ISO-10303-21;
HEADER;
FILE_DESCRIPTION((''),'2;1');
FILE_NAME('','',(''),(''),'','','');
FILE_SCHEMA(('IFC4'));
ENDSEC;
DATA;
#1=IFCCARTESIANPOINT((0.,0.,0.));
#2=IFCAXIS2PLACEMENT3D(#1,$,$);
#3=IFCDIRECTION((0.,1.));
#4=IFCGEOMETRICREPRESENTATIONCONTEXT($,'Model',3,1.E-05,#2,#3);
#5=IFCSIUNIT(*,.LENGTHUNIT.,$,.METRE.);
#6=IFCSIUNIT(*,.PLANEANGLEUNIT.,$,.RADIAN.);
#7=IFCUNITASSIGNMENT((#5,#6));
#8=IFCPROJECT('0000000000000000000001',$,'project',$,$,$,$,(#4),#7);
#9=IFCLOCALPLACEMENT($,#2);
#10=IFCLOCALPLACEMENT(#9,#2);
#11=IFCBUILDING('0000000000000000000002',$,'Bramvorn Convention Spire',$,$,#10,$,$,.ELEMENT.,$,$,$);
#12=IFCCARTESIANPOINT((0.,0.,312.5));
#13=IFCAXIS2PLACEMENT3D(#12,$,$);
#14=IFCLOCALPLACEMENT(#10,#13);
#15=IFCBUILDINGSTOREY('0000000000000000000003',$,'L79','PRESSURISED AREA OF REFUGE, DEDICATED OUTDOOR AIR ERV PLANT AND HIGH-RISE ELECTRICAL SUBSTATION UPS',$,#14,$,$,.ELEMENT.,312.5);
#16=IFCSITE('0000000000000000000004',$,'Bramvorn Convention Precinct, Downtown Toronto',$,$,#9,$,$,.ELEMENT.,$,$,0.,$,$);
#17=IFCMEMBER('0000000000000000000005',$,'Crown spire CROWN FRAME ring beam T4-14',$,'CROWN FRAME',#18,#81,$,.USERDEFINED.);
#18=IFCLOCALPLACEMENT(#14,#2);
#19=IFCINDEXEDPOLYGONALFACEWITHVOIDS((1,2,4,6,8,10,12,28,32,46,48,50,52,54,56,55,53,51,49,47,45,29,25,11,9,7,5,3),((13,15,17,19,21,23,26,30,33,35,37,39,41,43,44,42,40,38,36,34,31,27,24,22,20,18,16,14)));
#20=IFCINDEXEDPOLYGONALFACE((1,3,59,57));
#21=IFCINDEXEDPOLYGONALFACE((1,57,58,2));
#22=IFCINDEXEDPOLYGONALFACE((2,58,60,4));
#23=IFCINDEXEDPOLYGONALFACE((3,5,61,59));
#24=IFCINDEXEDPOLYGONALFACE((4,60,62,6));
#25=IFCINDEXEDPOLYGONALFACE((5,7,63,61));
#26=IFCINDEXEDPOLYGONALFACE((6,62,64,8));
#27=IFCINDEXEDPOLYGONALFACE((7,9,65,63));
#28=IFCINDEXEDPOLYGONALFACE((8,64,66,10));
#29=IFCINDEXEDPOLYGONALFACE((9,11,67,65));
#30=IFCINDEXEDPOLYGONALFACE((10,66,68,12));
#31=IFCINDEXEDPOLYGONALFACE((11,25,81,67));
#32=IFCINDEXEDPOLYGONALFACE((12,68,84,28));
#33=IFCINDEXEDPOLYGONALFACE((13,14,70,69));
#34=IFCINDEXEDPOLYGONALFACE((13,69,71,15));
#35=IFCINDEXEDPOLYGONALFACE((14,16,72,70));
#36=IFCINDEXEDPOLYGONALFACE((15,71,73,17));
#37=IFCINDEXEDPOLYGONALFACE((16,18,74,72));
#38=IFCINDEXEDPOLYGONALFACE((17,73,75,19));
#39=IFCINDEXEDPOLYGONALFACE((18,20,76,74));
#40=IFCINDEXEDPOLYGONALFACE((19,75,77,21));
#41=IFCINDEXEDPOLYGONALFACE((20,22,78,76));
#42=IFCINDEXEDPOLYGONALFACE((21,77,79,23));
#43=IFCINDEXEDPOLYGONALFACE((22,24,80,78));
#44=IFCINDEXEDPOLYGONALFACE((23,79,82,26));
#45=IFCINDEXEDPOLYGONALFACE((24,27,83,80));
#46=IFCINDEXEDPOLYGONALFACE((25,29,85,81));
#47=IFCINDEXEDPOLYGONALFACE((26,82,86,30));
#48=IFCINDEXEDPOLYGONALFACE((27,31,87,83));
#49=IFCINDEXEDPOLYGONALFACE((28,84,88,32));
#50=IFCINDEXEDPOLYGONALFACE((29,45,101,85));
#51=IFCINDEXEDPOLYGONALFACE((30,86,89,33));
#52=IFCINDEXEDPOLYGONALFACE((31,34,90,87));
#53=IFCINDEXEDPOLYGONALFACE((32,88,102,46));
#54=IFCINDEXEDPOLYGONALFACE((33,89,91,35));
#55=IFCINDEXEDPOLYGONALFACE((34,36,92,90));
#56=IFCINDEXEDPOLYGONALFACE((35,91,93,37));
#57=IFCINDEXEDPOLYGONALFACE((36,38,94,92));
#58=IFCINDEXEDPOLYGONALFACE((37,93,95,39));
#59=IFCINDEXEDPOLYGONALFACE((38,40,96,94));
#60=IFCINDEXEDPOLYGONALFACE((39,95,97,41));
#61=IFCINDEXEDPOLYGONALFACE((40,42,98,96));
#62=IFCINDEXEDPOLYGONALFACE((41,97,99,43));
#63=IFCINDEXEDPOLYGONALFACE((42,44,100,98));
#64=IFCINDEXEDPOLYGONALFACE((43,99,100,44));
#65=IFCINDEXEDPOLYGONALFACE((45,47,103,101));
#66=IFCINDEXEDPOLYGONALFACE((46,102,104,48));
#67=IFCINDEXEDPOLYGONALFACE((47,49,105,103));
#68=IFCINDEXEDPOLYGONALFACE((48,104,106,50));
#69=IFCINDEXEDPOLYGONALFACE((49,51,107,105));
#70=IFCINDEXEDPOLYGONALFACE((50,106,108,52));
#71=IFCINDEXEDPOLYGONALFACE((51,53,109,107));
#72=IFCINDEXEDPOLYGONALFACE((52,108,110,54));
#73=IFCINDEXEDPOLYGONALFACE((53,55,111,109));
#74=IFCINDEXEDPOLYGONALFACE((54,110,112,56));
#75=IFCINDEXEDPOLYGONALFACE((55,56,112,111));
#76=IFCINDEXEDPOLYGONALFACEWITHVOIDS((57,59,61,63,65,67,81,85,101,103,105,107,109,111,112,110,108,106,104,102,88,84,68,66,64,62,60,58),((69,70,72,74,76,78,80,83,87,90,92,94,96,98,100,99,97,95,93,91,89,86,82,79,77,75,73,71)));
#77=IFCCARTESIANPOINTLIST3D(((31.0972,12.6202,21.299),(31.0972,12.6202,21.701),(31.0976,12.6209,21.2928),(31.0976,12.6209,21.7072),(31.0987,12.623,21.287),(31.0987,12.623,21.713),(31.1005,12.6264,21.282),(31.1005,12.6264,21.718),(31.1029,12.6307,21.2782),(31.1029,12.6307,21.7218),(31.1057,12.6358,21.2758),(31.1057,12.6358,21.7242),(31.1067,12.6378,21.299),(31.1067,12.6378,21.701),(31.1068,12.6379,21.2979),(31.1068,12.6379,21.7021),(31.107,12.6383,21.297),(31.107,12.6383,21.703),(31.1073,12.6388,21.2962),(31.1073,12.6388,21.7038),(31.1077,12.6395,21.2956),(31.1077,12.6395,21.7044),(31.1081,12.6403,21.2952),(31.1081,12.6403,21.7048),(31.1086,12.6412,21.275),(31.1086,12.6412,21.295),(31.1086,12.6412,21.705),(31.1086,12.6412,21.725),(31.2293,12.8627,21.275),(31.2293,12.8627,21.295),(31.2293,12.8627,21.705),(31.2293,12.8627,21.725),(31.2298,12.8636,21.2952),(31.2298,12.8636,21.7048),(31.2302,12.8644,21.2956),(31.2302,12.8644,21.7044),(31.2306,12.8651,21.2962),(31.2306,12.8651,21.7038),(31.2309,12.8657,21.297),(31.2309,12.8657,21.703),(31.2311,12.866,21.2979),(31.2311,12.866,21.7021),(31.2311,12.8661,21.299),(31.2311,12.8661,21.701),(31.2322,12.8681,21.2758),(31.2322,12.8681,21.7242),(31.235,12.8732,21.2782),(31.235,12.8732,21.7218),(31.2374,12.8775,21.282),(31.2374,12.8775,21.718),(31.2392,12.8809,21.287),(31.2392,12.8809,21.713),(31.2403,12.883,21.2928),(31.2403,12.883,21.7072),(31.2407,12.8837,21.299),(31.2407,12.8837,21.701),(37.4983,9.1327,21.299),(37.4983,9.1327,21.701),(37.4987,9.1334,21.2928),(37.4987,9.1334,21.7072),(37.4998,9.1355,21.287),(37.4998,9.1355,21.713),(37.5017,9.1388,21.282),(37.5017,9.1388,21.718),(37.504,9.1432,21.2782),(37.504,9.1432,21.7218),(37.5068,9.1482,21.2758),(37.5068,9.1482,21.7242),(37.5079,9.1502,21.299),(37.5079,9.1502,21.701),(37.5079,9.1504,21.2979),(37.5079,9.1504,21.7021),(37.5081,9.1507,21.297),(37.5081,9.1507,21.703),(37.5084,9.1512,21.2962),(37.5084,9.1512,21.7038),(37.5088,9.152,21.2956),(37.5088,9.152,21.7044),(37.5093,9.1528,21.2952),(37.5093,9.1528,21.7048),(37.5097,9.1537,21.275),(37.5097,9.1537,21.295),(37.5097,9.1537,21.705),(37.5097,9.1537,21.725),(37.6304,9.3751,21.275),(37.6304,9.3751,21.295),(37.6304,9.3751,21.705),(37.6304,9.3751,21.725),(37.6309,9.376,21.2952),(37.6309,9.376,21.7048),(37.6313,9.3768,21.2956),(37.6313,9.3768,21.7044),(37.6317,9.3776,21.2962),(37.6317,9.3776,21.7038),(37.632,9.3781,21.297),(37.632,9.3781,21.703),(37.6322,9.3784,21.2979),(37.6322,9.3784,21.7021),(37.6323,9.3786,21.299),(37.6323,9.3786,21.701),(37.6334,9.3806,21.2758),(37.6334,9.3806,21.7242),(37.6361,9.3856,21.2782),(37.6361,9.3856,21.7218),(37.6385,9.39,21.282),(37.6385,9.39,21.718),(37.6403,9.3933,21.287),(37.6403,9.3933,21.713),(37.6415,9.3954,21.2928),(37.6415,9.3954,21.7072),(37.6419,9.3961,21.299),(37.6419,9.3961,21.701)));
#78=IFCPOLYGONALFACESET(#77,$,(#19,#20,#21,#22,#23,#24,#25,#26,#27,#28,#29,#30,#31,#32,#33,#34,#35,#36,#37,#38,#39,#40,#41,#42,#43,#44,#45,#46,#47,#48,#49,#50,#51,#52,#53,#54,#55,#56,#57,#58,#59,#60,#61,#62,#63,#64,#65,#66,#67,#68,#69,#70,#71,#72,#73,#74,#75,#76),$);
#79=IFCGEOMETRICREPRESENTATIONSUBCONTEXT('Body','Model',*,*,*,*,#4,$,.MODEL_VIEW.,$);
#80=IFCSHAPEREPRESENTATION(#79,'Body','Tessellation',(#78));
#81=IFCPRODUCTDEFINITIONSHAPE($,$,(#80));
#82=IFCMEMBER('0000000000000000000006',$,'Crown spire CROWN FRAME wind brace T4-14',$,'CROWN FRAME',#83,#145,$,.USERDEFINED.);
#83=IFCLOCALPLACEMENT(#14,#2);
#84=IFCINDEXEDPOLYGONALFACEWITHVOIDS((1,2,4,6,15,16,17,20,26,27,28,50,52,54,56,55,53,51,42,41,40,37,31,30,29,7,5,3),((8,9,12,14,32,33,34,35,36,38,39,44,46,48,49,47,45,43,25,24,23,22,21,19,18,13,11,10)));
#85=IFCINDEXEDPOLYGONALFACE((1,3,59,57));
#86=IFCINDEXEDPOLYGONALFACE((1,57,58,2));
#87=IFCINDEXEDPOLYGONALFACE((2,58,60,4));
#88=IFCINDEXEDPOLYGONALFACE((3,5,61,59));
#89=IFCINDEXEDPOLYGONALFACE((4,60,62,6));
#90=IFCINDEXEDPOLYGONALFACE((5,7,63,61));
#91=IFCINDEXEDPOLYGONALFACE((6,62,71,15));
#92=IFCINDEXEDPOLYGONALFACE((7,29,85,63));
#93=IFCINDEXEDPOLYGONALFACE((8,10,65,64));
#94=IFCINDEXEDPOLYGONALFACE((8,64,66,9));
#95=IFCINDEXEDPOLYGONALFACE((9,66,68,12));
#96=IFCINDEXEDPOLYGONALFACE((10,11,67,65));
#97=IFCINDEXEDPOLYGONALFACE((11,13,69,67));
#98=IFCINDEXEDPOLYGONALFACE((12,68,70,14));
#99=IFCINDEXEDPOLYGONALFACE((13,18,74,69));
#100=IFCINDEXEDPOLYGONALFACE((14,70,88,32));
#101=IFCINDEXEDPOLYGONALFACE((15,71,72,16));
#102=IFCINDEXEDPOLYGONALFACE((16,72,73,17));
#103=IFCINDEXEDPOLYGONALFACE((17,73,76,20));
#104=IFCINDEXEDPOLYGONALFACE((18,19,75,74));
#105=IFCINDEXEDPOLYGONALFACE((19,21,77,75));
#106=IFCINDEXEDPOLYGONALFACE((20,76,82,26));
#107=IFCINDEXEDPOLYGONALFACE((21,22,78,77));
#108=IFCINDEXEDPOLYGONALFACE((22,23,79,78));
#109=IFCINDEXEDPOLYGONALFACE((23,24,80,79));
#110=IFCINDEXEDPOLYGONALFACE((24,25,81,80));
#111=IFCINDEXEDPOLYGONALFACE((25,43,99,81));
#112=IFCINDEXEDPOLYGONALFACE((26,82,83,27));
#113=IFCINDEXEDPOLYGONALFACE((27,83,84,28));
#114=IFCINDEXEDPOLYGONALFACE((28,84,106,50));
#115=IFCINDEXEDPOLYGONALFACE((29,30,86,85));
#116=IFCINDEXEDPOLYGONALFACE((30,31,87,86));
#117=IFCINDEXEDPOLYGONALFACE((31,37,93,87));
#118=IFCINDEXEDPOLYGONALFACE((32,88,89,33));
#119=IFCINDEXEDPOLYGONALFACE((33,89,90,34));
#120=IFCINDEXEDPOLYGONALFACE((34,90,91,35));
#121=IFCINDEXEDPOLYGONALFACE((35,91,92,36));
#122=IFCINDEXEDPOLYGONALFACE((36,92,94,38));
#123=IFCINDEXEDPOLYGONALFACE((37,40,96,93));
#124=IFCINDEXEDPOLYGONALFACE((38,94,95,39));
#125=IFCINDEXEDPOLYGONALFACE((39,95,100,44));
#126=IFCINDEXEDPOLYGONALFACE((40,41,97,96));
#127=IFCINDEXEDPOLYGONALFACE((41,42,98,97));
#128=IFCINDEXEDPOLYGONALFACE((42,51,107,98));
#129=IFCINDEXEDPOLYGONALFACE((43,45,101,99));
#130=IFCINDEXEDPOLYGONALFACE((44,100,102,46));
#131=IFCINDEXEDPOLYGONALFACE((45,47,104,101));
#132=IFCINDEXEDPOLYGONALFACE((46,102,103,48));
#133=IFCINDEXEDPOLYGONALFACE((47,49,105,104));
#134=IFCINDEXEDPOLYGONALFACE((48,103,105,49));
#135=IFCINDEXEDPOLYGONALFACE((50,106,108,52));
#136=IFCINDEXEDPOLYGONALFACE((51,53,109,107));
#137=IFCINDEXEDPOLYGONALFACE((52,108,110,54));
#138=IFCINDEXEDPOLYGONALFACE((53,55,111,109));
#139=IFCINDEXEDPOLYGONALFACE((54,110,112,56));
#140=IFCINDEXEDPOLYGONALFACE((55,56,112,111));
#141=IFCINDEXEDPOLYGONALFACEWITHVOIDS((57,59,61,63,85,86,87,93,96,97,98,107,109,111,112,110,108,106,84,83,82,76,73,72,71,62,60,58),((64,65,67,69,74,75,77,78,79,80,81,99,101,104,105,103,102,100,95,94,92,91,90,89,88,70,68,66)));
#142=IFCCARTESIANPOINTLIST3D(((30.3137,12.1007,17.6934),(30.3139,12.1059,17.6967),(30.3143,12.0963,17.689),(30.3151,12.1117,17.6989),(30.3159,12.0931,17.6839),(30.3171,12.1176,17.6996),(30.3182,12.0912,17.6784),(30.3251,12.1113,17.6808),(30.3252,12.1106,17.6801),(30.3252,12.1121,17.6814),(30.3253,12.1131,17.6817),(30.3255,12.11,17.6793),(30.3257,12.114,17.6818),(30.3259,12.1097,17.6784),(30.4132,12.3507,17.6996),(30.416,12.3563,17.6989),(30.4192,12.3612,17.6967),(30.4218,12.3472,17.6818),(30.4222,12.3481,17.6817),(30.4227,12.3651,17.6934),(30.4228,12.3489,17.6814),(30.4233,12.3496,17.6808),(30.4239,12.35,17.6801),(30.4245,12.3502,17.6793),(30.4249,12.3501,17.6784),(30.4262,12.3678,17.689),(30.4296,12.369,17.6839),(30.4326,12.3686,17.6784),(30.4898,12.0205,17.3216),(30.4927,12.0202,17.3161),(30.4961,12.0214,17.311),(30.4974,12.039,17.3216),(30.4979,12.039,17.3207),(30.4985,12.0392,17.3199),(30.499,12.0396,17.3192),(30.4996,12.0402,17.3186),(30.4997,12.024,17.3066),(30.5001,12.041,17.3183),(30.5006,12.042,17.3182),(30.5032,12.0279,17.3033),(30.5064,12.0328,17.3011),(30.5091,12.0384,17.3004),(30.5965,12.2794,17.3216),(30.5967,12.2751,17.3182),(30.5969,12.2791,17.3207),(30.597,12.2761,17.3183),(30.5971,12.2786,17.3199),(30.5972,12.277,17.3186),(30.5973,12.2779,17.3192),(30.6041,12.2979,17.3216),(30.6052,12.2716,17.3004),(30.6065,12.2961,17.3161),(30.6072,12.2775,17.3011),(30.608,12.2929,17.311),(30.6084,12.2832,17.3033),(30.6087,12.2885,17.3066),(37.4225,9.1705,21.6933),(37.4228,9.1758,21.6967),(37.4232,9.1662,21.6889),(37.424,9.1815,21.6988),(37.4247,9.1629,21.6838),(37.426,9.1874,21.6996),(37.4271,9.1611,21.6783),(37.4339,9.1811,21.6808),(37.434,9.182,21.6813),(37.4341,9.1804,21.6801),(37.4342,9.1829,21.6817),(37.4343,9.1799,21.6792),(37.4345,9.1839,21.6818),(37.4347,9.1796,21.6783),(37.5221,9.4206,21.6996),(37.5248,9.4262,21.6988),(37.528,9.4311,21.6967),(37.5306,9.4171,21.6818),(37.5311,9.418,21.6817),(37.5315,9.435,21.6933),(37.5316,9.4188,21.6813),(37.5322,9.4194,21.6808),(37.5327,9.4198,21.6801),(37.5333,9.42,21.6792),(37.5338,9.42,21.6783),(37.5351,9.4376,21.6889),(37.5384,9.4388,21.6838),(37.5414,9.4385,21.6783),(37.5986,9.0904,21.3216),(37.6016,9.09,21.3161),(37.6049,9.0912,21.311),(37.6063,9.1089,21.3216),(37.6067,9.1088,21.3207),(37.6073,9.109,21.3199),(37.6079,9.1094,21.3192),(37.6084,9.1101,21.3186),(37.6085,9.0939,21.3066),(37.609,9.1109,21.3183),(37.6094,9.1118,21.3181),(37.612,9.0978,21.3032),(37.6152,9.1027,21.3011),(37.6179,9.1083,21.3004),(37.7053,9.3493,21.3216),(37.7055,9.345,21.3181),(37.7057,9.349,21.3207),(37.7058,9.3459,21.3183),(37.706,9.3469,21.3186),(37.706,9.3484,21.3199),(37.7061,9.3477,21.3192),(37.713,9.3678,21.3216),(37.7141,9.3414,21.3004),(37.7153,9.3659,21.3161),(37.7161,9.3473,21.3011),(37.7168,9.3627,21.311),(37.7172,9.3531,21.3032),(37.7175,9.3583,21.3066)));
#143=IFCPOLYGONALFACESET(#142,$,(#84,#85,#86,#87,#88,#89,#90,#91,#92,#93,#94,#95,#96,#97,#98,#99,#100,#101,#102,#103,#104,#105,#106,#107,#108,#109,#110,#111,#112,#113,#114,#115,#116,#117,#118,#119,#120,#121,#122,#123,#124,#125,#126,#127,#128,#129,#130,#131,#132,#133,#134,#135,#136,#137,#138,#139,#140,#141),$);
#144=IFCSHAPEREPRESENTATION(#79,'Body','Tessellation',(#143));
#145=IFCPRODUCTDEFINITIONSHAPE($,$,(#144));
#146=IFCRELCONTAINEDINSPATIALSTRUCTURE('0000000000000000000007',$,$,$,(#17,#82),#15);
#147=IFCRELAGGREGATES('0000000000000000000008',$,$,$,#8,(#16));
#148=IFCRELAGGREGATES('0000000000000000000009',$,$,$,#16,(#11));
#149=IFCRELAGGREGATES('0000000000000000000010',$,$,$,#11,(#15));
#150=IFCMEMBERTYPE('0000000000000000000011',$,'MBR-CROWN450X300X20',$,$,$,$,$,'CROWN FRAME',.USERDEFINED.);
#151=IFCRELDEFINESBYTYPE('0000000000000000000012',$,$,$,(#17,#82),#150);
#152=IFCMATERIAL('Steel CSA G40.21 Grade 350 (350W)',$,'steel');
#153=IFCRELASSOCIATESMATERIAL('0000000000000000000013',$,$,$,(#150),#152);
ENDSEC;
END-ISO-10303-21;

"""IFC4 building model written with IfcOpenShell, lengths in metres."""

from ifc_helpers import new_model, si_unit, direction, frame, origin, origin_2d, place, context, subcontext, project, spatial, hollow_rectangle, extrude, material, material_profile, profile_set, type_object, element, save


model = new_model("IFC4")

# Units and contexts
model_context = context("Model", 3, precision=1e-05, world=origin(), true_north=direction((0.0, 1.0)))
body_context = subcontext(model_context, "Body", "Model", "MODEL_VIEW")
ifc_project = project(units=[si_unit("LENGTHUNIT", "METRE"), si_unit("PLANEANGLEUNIT", "RADIAN")], contexts=[model_context])

# Site, building, storey
site_placement = place(None, origin())
site = spatial("IfcSite", under=ifc_project, at=site_placement, Name="Bramvorn Convention Precinct, Downtown Toronto", CompositionType="ELEMENT", RefElevation=0.0)
building_placement = place(site_placement, origin())
building = spatial("IfcBuilding", under=site, at=building_placement, Name="Bramvorn Convention Spire", CompositionType="ELEMENT")
storey_placement = place(building_placement, frame((0.0, 0.0, 312.5)))
storey = spatial("IfcBuildingStorey", under=building, at=storey_placement, Name="L79", Description="PRESSURISED AREA OF REFUGE, DEDICATED OUTDOOR AIR ERV PLANT AND HIGH-RISE ELECTRICAL SUBSTATION UPS", CompositionType="ELEMENT", Elevation=312.5)

# Shared definitions
ifc_material_1 = material(Name="Steel CSA G40.21 Grade 350 (350W)", Category="steel")

# Members
ifc_material_profile_1 = material_profile(ifc_material_1, hollow_rectangle(XDim=0.3, YDim=0.45, WallThickness=0.02, InnerFilletRadius=0.0039, OuterFilletRadius=0.0239, at=origin_2d()))
ifc_profile_set_1 = profile_set([ifc_material_profile_1], Name="Steel CSA G40.21 Grade 350 (350W) - CROWN450X300X20")
member_type = type_object("IfcMemberType", Name="MBR-CROWN450X300X20", ElementType="CROWN FRAME", PredefinedType="USERDEFINED", material=ifc_profile_set_1)
member_1_placement = place(storey_placement, frame((31.1689, 12.752, 21.5), z_axis=(0.878125, -0.478432, 0.0), x_axis=(0.478432, 0.878125, 0.0)))
element("IfcMember", 1, at=member_1_placement, inside=storey, type_object=member_type, Name="Crown spire CROWN FRAME ring beam T4-14", ObjectType="CROWN FRAME", PredefinedType="USERDEFINED", context=body_context, shape_type="SweptSolid", body=[
    extrude(hollow_rectangle(XDim=0.3, YDim=0.45, WallThickness=0.02, InnerFilletRadius=0.0039, OuterFilletRadius=0.0239, at=origin_2d()), origin(), (0.0, 0.0, 1.0), 7.2896),
])
member_2_placement = place(storey_placement, frame((30.4612, 12.1946, 17.5), z_axis=(0.820196, -0.338072, 0.461504), x_axis=(0.381082, 0.924541, 0.0)))
element("IfcMember", 2, at=member_2_placement, inside=storey, type_object=member_type, Name="Crown spire CROWN FRAME wind brace T4-14", ObjectType="CROWN FRAME", PredefinedType="USERDEFINED", context=body_context, shape_type="SweptSolid", body=[
    extrude(hollow_rectangle(XDim=0.3, YDim=0.45, WallThickness=0.02, InnerFilletRadius=0.0039, OuterFilletRadius=0.0239, at=origin_2d()), origin(), (0.0, 0.0, 1.0), 8.6672),
])

save(model, "model.ifc")
